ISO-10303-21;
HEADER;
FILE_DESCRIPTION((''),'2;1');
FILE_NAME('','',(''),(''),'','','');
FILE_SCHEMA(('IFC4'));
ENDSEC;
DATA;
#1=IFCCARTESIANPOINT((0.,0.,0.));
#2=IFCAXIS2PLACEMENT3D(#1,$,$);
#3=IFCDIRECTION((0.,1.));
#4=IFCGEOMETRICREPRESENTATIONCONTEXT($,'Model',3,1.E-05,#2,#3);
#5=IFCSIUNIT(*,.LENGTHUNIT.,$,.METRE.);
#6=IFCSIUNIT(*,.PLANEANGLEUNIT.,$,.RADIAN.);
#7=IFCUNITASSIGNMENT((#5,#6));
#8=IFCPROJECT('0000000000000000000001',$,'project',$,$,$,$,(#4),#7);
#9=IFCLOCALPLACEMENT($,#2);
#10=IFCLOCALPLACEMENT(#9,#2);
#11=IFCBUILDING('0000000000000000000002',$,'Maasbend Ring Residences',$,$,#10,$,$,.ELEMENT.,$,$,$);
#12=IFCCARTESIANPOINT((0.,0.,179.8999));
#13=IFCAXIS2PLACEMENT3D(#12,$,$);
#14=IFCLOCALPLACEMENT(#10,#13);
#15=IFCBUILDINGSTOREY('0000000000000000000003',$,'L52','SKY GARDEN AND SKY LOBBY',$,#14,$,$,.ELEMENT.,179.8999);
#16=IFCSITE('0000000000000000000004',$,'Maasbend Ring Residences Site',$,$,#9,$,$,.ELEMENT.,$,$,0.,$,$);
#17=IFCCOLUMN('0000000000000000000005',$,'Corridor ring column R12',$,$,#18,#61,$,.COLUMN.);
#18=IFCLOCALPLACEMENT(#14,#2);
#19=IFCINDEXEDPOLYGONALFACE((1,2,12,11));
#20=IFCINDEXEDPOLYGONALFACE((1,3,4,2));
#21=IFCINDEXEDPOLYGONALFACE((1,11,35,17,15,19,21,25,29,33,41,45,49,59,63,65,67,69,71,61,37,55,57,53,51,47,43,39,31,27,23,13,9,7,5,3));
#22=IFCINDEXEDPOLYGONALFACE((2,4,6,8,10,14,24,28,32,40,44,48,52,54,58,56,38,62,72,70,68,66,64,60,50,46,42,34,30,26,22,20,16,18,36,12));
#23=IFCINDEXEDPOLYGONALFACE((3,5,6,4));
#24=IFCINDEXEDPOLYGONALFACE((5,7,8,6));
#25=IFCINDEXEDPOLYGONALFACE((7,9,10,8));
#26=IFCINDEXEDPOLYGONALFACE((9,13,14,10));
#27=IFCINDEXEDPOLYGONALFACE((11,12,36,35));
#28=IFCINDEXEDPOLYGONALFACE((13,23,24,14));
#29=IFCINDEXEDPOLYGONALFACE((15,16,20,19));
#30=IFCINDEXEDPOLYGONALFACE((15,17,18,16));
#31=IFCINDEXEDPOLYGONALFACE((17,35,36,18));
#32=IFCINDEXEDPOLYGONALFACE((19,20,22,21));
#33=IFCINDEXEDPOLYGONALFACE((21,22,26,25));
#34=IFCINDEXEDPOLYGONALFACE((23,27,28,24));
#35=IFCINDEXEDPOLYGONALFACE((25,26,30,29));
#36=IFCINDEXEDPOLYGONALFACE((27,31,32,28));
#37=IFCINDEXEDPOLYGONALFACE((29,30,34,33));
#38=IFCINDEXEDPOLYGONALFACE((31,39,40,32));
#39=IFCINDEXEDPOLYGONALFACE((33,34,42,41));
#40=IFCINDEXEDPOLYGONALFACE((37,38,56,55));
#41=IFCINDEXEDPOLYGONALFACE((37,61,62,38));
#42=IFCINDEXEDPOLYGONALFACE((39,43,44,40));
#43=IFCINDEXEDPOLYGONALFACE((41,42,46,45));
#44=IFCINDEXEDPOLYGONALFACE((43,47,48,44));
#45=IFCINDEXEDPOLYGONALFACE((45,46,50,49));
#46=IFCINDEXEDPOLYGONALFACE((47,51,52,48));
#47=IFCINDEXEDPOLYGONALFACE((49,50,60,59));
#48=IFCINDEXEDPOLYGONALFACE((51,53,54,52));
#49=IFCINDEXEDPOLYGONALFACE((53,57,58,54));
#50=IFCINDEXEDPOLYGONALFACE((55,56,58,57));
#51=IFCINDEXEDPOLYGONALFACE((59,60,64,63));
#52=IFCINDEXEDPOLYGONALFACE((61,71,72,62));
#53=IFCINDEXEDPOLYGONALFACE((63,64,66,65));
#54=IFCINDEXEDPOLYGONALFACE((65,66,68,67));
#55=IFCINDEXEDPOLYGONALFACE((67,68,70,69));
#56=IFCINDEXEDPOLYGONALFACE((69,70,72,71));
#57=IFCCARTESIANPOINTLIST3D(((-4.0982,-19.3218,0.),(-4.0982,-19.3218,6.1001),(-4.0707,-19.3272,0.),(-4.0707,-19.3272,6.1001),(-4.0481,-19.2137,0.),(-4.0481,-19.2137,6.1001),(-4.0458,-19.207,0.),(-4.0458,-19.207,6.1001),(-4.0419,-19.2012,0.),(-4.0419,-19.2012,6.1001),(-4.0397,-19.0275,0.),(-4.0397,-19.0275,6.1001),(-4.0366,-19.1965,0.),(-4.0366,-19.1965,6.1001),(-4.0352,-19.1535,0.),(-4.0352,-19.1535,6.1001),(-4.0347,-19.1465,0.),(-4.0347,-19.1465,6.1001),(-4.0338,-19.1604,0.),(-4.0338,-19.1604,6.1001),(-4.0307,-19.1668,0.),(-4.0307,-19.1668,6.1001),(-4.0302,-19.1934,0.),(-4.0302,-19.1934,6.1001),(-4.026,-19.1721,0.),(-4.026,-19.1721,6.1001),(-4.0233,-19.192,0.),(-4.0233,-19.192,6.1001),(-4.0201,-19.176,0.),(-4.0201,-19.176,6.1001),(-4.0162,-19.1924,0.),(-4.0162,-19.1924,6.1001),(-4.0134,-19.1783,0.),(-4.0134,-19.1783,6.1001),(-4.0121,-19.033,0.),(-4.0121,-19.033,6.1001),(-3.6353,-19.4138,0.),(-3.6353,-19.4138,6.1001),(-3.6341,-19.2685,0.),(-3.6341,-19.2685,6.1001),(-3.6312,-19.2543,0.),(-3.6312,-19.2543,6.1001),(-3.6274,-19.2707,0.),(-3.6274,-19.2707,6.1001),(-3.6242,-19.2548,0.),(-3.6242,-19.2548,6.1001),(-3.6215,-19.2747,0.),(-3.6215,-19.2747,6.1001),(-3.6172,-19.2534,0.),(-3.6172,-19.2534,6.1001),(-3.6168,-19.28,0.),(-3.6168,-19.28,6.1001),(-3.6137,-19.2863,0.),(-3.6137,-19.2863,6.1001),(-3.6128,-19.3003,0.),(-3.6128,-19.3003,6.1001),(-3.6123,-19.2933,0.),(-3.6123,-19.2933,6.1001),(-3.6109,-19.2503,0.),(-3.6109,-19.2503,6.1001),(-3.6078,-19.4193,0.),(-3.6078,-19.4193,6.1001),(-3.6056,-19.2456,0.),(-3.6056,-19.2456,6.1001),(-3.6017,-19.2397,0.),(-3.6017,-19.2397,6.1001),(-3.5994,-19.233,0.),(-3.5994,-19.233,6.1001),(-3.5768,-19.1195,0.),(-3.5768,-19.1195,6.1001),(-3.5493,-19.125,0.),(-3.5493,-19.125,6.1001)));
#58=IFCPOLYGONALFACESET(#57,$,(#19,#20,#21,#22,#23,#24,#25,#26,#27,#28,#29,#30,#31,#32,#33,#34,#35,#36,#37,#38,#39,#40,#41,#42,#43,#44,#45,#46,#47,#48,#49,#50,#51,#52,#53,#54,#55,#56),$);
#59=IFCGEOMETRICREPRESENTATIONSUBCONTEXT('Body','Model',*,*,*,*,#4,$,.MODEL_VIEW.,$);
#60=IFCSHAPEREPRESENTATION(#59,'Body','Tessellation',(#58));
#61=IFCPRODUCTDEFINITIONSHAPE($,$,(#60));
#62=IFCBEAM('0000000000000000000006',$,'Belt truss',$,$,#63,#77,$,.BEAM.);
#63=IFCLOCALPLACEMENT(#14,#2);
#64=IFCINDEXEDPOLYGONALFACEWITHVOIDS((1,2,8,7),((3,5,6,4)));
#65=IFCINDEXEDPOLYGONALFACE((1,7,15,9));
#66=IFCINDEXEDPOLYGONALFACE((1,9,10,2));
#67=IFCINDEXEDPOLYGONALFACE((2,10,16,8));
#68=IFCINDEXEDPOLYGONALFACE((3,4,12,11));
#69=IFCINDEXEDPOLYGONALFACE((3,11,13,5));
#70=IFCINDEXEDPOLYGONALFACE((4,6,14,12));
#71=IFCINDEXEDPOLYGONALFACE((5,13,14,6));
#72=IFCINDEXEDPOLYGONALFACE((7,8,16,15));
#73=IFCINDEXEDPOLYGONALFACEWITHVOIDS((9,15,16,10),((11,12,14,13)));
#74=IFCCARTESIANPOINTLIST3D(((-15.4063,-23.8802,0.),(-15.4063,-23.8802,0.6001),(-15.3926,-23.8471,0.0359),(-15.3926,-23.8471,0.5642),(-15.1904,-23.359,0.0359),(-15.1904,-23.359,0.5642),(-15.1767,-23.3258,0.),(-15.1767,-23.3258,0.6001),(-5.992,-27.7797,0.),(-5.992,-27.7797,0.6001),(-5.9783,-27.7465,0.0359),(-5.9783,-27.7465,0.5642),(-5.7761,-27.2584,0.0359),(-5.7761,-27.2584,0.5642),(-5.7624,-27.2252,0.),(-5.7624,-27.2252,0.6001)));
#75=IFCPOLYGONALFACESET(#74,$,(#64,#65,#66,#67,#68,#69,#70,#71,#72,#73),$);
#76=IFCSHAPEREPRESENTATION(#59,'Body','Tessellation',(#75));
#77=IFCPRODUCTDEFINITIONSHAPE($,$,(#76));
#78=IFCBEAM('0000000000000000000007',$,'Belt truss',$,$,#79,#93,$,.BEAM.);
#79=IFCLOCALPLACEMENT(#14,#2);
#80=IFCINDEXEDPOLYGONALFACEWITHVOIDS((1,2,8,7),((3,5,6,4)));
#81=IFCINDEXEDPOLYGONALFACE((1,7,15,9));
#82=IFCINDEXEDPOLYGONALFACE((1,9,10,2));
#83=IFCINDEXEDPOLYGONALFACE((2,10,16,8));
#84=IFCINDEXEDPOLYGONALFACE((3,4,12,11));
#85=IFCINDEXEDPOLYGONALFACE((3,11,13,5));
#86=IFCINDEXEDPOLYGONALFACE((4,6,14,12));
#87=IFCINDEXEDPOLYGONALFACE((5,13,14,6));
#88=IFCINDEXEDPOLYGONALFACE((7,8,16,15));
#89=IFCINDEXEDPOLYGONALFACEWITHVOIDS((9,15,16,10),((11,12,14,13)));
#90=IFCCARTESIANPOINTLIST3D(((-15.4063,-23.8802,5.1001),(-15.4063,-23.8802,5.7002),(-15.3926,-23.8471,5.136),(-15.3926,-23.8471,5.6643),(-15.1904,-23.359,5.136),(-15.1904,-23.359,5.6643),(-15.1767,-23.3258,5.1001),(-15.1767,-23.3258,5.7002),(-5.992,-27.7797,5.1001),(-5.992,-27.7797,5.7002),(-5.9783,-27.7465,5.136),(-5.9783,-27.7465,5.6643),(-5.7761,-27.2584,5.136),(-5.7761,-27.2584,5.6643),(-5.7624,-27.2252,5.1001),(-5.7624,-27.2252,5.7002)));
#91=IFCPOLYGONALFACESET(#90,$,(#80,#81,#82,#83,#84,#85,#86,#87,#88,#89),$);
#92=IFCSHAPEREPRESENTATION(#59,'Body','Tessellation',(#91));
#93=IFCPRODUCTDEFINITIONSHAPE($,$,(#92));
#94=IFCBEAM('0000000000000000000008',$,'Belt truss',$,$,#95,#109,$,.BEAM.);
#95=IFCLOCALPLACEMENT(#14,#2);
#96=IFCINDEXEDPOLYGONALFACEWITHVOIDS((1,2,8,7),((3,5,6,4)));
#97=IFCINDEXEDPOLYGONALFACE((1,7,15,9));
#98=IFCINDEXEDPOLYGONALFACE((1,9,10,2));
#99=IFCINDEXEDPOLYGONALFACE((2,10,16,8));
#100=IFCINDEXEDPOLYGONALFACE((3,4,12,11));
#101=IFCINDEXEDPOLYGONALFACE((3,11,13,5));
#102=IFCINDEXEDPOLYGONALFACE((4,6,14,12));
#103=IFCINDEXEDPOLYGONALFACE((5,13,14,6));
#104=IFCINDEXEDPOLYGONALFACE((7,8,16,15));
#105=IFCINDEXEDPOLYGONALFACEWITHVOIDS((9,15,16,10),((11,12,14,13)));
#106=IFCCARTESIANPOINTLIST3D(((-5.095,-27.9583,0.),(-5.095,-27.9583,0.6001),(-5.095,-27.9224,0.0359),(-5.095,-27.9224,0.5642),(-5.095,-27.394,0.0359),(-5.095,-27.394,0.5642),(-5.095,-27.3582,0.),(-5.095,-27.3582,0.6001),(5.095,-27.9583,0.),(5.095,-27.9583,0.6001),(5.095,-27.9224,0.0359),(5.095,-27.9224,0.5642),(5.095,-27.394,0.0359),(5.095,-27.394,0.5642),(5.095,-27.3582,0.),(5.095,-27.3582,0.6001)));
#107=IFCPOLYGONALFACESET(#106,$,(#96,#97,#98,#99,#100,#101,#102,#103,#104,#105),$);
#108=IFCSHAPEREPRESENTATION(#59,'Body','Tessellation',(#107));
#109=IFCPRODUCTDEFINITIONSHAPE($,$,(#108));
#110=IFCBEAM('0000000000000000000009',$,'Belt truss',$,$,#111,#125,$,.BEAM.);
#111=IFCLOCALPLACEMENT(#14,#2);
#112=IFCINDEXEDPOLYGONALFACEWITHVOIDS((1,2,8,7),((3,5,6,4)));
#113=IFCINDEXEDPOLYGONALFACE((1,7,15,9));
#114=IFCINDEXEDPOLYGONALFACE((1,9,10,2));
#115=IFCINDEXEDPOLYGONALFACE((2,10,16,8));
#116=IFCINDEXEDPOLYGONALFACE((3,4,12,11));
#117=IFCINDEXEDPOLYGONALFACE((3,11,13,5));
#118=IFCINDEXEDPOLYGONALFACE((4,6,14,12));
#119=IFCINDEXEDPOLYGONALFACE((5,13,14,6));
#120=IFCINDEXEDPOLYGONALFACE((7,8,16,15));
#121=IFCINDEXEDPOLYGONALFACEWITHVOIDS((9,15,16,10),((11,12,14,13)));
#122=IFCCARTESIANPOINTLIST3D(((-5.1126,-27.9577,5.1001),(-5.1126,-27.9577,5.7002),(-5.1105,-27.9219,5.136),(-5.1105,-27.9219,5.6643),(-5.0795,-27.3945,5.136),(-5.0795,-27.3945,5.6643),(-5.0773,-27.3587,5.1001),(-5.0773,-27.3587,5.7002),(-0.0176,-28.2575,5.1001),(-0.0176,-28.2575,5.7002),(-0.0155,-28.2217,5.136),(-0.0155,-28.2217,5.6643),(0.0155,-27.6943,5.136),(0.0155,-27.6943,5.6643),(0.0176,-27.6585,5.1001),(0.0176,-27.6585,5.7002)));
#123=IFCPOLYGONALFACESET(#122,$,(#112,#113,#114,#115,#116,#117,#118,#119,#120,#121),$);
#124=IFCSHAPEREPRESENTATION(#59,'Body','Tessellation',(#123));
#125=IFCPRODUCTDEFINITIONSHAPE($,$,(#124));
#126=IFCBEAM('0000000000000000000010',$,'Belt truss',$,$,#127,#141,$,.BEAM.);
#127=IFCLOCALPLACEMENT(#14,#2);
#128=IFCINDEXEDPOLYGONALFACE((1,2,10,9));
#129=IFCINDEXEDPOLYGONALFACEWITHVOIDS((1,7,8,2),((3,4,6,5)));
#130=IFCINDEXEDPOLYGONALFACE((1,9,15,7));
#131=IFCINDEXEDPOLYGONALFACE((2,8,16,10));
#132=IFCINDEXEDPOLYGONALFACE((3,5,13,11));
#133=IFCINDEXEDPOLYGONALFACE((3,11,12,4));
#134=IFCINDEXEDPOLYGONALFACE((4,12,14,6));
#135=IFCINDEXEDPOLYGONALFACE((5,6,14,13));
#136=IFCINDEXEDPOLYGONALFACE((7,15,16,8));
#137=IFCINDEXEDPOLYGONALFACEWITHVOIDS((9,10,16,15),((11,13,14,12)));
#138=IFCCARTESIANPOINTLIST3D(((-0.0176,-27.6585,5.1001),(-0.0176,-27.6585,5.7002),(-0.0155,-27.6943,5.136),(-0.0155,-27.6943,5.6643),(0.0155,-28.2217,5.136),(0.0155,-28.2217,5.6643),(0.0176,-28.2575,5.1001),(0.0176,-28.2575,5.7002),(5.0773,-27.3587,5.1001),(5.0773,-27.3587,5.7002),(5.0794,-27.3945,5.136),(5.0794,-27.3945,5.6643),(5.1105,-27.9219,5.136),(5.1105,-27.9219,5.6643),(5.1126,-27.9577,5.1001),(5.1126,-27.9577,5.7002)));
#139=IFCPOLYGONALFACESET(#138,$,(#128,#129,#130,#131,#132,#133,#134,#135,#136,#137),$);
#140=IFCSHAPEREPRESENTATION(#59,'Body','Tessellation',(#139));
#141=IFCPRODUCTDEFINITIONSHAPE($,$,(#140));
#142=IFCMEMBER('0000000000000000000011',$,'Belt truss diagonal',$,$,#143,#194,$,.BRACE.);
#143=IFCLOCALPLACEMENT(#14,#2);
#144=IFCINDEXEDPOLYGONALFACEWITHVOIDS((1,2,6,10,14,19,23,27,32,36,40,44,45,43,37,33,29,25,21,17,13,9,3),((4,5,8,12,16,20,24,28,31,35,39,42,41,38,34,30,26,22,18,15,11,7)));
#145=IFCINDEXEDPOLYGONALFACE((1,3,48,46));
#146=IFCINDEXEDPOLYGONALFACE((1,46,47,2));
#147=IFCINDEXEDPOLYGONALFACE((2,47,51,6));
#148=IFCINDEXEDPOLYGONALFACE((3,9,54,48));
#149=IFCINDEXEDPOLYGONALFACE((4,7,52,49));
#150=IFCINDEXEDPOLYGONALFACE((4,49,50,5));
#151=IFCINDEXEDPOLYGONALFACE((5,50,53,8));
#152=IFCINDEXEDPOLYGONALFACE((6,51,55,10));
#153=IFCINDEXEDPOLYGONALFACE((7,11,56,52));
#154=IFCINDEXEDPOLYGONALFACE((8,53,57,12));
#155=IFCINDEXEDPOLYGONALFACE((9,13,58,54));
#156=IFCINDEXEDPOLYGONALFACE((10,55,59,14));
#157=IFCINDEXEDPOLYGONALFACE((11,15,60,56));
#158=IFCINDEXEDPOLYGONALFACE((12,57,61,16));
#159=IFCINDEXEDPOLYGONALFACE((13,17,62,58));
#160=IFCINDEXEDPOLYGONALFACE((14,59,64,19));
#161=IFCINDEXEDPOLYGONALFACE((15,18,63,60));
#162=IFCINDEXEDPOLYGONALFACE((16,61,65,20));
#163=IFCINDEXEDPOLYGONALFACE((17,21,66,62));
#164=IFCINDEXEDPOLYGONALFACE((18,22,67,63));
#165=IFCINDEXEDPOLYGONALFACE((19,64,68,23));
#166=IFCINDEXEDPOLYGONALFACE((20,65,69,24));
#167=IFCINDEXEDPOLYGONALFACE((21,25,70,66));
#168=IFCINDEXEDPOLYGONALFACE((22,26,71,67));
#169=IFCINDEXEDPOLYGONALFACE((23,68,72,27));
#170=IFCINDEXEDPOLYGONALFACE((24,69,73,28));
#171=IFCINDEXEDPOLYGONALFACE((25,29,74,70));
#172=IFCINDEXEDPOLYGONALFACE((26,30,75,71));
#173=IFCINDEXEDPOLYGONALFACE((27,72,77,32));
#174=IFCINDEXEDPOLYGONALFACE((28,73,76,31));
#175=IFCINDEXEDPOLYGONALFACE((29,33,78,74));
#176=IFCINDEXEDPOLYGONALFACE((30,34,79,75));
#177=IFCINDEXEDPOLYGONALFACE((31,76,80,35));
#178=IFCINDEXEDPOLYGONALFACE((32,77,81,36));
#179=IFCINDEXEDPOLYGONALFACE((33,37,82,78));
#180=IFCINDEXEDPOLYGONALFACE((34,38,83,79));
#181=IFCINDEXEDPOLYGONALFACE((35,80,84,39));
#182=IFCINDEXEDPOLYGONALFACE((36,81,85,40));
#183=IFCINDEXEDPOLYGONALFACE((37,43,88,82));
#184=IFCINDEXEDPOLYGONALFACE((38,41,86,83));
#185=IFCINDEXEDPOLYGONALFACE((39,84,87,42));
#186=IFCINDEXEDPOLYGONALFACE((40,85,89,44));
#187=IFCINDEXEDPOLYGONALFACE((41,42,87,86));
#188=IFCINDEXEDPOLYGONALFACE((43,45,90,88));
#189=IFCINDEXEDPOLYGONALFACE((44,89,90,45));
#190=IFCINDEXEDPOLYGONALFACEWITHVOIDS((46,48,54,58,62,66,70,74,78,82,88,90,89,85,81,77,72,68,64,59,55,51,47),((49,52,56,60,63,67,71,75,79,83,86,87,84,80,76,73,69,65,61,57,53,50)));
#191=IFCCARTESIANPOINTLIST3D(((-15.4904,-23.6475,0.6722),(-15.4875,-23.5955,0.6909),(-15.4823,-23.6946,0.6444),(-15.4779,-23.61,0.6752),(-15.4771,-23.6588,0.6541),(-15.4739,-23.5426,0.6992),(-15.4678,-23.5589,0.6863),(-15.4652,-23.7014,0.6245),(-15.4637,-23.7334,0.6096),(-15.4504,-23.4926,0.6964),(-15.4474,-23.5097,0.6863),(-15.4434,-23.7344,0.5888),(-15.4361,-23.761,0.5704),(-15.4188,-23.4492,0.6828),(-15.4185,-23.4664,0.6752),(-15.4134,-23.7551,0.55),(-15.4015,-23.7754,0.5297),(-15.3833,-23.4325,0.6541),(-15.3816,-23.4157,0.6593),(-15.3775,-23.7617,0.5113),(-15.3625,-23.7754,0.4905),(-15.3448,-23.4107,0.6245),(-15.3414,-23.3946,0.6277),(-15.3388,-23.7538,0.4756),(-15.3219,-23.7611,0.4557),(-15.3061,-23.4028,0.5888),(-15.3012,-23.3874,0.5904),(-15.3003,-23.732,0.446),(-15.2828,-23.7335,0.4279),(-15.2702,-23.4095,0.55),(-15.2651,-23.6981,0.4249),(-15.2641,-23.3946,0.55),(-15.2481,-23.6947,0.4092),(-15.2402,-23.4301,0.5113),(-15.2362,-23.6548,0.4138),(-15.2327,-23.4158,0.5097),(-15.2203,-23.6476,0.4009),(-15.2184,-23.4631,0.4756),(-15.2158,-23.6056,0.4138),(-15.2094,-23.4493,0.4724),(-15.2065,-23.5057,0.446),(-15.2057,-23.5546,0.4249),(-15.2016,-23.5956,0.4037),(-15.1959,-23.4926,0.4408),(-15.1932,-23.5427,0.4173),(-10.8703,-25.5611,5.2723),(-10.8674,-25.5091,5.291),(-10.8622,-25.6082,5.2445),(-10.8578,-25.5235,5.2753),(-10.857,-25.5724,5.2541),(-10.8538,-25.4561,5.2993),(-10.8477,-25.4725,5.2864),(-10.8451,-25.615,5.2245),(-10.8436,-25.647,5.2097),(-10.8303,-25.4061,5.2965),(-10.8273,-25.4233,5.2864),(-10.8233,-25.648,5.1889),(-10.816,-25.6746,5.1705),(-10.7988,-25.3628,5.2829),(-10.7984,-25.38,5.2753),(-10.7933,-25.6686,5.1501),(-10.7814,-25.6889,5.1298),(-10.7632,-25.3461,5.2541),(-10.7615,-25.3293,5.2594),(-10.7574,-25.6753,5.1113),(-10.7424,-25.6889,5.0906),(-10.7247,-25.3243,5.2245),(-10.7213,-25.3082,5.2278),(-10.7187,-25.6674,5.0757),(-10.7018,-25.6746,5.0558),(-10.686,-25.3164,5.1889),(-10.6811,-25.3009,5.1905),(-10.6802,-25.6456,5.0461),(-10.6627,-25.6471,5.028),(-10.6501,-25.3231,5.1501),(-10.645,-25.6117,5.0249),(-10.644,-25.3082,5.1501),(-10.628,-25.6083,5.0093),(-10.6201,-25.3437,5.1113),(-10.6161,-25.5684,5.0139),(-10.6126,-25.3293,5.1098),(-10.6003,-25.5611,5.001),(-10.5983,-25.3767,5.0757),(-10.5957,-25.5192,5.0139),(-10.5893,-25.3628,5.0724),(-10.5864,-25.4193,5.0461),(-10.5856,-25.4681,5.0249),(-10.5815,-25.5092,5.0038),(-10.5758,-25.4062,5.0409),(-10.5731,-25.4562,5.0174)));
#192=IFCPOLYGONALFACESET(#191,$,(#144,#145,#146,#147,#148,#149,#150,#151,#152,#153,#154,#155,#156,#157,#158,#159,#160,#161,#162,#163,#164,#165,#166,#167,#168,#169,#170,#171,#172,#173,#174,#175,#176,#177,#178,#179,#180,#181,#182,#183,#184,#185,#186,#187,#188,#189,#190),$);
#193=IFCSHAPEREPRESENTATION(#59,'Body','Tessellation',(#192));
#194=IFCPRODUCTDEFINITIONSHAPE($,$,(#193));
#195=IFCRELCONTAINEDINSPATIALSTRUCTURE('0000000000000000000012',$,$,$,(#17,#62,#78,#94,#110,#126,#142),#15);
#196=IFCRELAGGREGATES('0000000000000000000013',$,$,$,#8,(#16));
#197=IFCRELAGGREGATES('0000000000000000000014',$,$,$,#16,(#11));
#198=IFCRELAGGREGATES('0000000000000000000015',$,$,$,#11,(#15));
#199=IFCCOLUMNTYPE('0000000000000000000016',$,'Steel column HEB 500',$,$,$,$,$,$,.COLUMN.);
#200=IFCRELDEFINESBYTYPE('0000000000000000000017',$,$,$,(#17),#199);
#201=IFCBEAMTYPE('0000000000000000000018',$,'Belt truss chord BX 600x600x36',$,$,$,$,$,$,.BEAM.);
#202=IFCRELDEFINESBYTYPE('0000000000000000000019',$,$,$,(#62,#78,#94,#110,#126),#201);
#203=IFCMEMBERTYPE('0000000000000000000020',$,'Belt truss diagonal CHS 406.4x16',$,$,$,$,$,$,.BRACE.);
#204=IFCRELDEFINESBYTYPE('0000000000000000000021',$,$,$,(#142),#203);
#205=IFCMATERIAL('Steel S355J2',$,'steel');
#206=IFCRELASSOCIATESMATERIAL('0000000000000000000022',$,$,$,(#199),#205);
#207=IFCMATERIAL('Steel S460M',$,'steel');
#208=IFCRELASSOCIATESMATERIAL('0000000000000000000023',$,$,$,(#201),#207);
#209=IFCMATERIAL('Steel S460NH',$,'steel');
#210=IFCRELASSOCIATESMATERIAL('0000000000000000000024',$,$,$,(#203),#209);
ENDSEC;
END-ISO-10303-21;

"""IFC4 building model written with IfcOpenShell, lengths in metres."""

from ifc_helpers import new_model, si_unit, direction, frame, origin, origin_2d, place, context, subcontext, project, spatial, hollow_rectangle, hollow_circle, i_section, extrude, material, material_profile, profile_set, type_object, element, save


model = new_model("IFC4")

# Units and contexts
model_context = context("Model", 3, precision=1e-05, world=origin(), true_north=direction((0.0, 1.0)))
body_context = subcontext(model_context, "Body", "Model", "MODEL_VIEW")
ifc_project = project(units=[si_unit("LENGTHUNIT", "METRE"), si_unit("PLANEANGLEUNIT", "RADIAN")], contexts=[model_context])

# Site, building, storey
site_placement = place(None, origin())
site = spatial("IfcSite", under=ifc_project, at=site_placement, Name="Maasbend Ring Residences Site", CompositionType="ELEMENT", RefElevation=0.0)
building_placement = place(site_placement, origin())
building = spatial("IfcBuilding", under=site, at=building_placement, Name="Maasbend Ring Residences", CompositionType="ELEMENT")
storey_placement = place(building_placement, frame((0.0, 0.0, 179.8999)))
storey = spatial("IfcBuildingStorey", under=building, at=storey_placement, Name="L52", Description="SKY GARDEN AND SKY LOBBY", CompositionType="ELEMENT", Elevation=179.8999)

# Column
ifc_material_1 = material(Name="Steel S355J2", Category="steel")
ifc_material_profile_1 = material_profile(ifc_material_1, i_section(OverallWidth=0.3, OverallDepth=0.5, WebThickness=0.0144, FlangeThickness=0.0281, FilletRadius=0.0271, at=origin_2d()), Name="HEB 500")
ifc_profile_set_1 = profile_set([ifc_material_profile_1], Name="Steel S355J2")
column_type_1 = type_object("IfcColumnType", Name="Steel column HEB 500", PredefinedType="COLUMN", material=ifc_profile_set_1)
for number, where, z_axis, x_axis, name in (
    (1, (-3.8237, -19.2234, 0.0), (0.0, 0.0, 1.0), (-0.19509, -0.980785, 0.0), "Corridor ring column R12"),
):
    element("IfcColumn", number, at=place(storey_placement, frame(where, z_axis=z_axis, x_axis=x_axis)), inside=storey, type_object=column_type_1, Name=name, PredefinedType="COLUMN", context=body_context, shape_type="SweptSolid", body=[
        extrude(i_section(OverallWidth=0.3, OverallDepth=0.5, WebThickness=0.0144, FlangeThickness=0.0281, FilletRadius=0.0271, at=origin_2d()), origin(), (0.0, 0.0, 1.0), 6.1001),
    ])

# Beams
ifc_material_2 = material(Name="Steel S460M", Category="steel")
ifc_material_profile_2 = material_profile(ifc_material_2, hollow_rectangle(XDim=0.6001, YDim=0.6001, WallThickness=0.0359, at=origin_2d()), Name="Belt truss chord BX 600x600x36")
ifc_profile_set_2 = profile_set([ifc_material_profile_2], Name="Steel S460M")
beam_type_1 = type_object("IfcBeamType", Name="Belt truss chord BX 600x600x36", PredefinedType="BEAM", material=ifc_profile_set_2)
for number, where, z_axis, x_axis, name in (
    (2, (-15.2915, -23.603, 0.3), (0.923884, -0.382673, 0.0), (0.382673, 0.923884, 0.0), "Belt truss"),
    (3, (-15.2915, -23.603, 5.4001), (0.923884, -0.382673, 0.0), (0.382673, 0.923884, 0.0), "Belt truss"),
    (4, (-5.095, -27.6582, 0.3), (1.0, 0.0, 0.0), (0.0, 1.0, 0.0), "Belt truss"),
):
    element("IfcBeam", number, at=place(storey_placement, frame(where, z_axis=z_axis, x_axis=x_axis)), inside=storey, type_object=beam_type_1, Name=name, PredefinedType="BEAM", context=body_context, shape_type="SweptSolid", body=[
        extrude(hollow_rectangle(XDim=0.6001, YDim=0.6001, WallThickness=0.0359, at=origin_2d()), origin(), (0.0, 0.0, 1.0), 10.1899),
    ])
for number, where, z_axis, x_axis, name in (
    (5, (-5.095, -27.6582, 5.4001), (0.998273, -0.058742, 0.0), (0.058742, 0.998273, 0.0), "Belt truss"),
    (6, (0.0, -27.958, 5.4001), (0.998273, 0.058742, 0.0), (-0.058742, 0.998273, 0.0), "Belt truss"),
):
    element("IfcBeam", number, at=place(storey_placement, frame(where, z_axis=z_axis, x_axis=x_axis)), inside=storey, type_object=beam_type_1, Name=name, PredefinedType="BEAM", context=body_context, shape_type="SweptSolid", body=[
        extrude(hollow_rectangle(XDim=0.6001, YDim=0.6001, WallThickness=0.0359, at=origin_2d()), origin(), (0.0, 0.0, 1.0), 5.1038),
    ])

# Member
ifc_material_3 = material(Name="Steel S460NH", Category="steel")
ifc_material_profile_3 = material_profile(ifc_material_3, hollow_circle(Radius=0.2031, WallThickness=0.0161, at=origin_2d()), Name="Belt truss diagonal CHS 406.4x16")
ifc_profile_set_3 = profile_set([ifc_material_profile_3], Name="Steel S460NH")
member_type_1 = type_object("IfcMemberType", Name="Belt truss diagonal CHS 406.4x16", PredefinedType="BRACE", material=ifc_profile_set_3)
member_1_placement = place(storey_placement, frame((-15.3418, -23.5823, 0.55), z_axis=(0.679957, -0.281627, 0.677011), x_axis=(0.382659, 0.923889, 0.0)))
element("IfcMember", 7, at=member_1_placement, inside=storey, type_object=member_type_1, Name="Belt truss diagonal", PredefinedType="BRACE", context=body_context, shape_type="SweptSolid", body=[
    extrude(hollow_circle(Radius=0.2031, WallThickness=0.0161, at=origin_2d()), origin(), (0.0, 0.0, 1.0), 6.7947),
])

save(model, "model.ifc")
